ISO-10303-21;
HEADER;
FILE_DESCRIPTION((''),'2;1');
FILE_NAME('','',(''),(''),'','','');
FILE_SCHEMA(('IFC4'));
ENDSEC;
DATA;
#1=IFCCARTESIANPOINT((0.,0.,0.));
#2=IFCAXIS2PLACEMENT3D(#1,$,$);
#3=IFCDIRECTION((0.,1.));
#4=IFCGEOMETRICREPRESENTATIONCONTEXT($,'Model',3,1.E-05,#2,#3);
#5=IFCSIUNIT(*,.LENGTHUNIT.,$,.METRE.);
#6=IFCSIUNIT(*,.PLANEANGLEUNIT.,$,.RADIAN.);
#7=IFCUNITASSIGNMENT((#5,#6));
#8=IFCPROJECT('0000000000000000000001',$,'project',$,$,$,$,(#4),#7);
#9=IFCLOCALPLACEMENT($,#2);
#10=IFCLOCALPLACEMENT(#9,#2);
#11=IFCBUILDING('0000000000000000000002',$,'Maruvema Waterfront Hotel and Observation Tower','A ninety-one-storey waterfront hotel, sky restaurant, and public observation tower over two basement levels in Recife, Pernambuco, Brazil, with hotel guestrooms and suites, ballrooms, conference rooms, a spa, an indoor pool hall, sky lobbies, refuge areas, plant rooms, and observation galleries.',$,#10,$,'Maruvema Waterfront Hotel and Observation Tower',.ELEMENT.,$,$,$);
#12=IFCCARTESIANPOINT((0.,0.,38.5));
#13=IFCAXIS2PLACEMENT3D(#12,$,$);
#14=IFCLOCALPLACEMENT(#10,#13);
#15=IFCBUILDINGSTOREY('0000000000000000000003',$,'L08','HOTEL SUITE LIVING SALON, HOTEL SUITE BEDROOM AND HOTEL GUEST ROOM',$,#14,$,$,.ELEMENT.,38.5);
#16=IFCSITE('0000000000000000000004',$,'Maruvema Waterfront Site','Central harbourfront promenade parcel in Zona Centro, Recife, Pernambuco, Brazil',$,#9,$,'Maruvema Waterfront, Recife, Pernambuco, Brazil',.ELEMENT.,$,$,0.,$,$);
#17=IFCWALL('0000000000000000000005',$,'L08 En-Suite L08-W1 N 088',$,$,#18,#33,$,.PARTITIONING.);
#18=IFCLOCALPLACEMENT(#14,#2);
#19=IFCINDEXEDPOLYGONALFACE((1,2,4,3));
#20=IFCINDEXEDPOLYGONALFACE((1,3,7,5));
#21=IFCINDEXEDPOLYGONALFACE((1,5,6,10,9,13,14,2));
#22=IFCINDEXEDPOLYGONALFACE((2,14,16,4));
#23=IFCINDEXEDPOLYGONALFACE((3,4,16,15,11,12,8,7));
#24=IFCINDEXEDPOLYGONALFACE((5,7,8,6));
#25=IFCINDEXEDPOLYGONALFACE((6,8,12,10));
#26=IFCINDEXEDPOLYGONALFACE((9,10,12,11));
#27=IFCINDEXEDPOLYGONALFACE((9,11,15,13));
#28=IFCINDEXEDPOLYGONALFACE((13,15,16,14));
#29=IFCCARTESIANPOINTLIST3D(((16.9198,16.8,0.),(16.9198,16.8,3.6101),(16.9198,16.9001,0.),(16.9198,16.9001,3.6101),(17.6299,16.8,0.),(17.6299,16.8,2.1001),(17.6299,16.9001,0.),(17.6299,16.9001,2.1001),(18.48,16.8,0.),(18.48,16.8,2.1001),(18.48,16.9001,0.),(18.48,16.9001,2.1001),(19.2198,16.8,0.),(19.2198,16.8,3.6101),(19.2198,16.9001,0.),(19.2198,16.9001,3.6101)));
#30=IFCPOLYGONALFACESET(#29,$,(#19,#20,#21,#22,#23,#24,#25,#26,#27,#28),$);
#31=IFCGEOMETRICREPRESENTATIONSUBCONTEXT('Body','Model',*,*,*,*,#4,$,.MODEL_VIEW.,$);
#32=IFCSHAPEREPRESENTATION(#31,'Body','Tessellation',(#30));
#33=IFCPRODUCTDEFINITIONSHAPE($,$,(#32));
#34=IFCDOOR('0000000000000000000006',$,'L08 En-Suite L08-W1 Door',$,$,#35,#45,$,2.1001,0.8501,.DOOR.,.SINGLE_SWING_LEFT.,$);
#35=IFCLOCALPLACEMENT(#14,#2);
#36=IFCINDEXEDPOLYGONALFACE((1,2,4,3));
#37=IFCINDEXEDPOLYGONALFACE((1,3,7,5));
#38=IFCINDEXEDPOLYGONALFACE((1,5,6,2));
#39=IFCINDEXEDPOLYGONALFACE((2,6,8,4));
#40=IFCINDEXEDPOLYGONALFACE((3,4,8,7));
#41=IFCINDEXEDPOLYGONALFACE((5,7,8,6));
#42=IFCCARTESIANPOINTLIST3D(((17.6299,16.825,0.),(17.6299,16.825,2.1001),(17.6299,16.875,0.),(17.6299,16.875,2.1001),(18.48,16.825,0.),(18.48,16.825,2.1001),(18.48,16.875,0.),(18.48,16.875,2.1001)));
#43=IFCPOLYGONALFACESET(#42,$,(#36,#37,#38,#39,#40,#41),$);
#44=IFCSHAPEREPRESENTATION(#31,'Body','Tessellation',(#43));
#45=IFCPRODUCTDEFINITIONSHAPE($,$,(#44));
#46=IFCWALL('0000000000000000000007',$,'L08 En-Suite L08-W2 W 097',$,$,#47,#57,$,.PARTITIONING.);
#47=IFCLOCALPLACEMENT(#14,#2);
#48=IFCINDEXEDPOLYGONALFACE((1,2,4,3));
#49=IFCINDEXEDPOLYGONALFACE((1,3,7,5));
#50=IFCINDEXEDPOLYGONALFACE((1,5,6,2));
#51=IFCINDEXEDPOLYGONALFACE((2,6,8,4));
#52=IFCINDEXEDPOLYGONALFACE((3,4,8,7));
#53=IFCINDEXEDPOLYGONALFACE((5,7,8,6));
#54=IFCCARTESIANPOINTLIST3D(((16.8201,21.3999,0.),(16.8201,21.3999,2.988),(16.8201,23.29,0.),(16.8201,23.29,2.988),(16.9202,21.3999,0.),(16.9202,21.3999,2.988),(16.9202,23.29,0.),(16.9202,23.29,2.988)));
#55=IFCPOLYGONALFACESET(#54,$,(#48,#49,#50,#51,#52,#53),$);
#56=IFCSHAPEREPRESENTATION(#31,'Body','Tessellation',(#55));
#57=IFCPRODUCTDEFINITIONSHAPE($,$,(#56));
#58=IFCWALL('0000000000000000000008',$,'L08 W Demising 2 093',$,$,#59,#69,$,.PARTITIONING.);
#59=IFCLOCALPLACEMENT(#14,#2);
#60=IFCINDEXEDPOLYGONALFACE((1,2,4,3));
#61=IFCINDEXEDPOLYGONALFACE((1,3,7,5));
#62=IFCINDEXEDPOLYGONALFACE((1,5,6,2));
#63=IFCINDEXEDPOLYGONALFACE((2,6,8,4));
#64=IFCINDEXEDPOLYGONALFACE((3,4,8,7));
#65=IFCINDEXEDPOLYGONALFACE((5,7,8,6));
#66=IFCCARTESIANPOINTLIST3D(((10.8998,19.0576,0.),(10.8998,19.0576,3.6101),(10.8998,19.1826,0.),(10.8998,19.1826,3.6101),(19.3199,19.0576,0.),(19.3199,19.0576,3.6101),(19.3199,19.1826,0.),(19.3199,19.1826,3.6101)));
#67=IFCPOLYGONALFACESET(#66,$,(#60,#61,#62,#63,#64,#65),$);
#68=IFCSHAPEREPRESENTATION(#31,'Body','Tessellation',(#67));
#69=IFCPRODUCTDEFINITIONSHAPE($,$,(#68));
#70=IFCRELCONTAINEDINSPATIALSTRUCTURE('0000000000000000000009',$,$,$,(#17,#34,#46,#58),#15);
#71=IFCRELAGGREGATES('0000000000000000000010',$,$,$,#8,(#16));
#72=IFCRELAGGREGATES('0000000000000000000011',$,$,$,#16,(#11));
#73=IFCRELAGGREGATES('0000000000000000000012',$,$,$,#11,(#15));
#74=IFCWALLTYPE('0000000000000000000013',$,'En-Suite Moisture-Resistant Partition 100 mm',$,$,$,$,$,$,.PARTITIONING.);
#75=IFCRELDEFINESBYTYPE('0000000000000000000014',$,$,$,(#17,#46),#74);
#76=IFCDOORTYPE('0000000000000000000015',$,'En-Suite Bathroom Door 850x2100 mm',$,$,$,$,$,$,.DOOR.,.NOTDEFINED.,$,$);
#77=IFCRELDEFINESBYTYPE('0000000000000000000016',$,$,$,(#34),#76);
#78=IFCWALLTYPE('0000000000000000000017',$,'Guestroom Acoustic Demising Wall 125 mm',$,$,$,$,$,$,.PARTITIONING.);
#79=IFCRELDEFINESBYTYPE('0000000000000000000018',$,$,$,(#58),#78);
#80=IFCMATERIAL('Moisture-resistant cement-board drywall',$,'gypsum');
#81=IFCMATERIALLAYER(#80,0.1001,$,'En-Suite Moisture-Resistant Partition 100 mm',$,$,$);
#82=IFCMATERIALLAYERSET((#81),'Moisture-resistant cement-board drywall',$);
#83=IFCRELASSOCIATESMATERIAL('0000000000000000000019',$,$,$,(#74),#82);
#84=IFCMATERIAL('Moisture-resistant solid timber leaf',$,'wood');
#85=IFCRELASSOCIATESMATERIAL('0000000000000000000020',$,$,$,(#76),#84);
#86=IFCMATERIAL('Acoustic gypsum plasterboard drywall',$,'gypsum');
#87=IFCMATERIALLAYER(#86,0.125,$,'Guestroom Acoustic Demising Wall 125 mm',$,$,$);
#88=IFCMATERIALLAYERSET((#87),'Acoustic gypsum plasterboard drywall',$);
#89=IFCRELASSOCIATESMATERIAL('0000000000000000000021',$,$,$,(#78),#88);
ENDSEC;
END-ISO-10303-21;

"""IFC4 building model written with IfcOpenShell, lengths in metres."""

from ifc_helpers import new_model, si_unit, direction, frame, frame_2d, origin, place, context, subcontext, project, spatial, rectangle, extrude, material, layer, layer_set, type_object, element, fill, save


model = new_model("IFC4")

# Units and contexts
model_context = context("Model", 3, precision=1e-05, world=origin(), true_north=direction((0.0, 1.0)))
body_context = subcontext(model_context, "Body", "Model", "MODEL_VIEW")
ifc_project = project(units=[si_unit("LENGTHUNIT", "METRE"), si_unit("PLANEANGLEUNIT", "RADIAN")], contexts=[model_context])

# Site, building, storey
site_placement = place(None, origin())
site = spatial("IfcSite", under=ifc_project, at=site_placement, Name="Maruvema Waterfront Site", Description="Central harbourfront promenade parcel in Zona Centro, Recife, Pernambuco, Brazil", LongName="Maruvema Waterfront, Recife, Pernambuco, Brazil", CompositionType="ELEMENT", RefElevation=0.0)
building_placement = place(site_placement, origin())
building = spatial("IfcBuilding", under=site, at=building_placement, Name="Maruvema Waterfront Hotel and Observation Tower", Description="A ninety-one-storey waterfront hotel, sky restaurant, and public observation tower over two basement levels in Recife, Pernambuco, Brazil, with hotel guestrooms and suites, ballrooms, conference rooms, a spa, an indoor pool hall, sky lobbies, refuge areas, plant rooms, and observation galleries.", LongName="Maruvema Waterfront Hotel and Observation Tower", CompositionType="ELEMENT")
storey_placement = place(building_placement, frame((0.0, 0.0, 38.5)))
storey = spatial("IfcBuildingStorey", under=building, at=storey_placement, Name="L08", Description="HOTEL SUITE LIVING SALON, HOTEL SUITE BEDROOM AND HOTEL GUEST ROOM", CompositionType="ELEMENT", Elevation=38.5)

# Wall, opening, door
ifc_material_1 = material(Name="Moisture-resistant cement-board drywall", Category="gypsum")
ifc_layer_1 = layer(ifc_material_1, 0.1001, Name="En-Suite Moisture-Resistant Partition 100 mm")
ifc_layer_set_1 = layer_set([ifc_layer_1], Name="Moisture-resistant cement-board drywall")
wall_type_1 = type_object("IfcWallType", Name="En-Suite Moisture-Resistant Partition 100 mm", PredefinedType="PARTITIONING", material=ifc_layer_set_1)
wall_1_placement = place(storey_placement, frame((16.9199, 16.8501, 0.0), z_axis=(0.0, 0.0, 1.0), x_axis=(1.0, 0.0, 0.0)))
wall_1 = element("IfcWall", 1, at=wall_1_placement, inside=storey, type_object=wall_type_1, Name="L08 En-Suite L08-W1 N 088", PredefinedType="PARTITIONING", context=body_context, shape_type="SweptSolid", body=[
    extrude(rectangle(XDim=2.3, YDim=0.1001, at=frame_2d((1.1499, 0.0))), origin(), (0.0, 0.0, 1.0), 3.6101),
])
opening_1_placement = place(wall_1_placement, frame((0.71, 0.0, 0.0)))
opening_1 = element("IfcOpeningElement", 2, at=opening_1_placement, cuts=wall_1, PredefinedType="OPENING", context=body_context, shape_type="SweptSolid", body=[
    extrude(rectangle(XDim=0.8501, YDim=2.1001, at=frame_2d((0.425, 1.05))), frame((0.0, 0.0601, 0.0), z_axis=(0.0, -1.0, 0.0), x_axis=(1.0, 0.0, 0.0)), (0.0, 0.0, 1.0), 0.1201),
])
ifc_material_2 = material(Name="Moisture-resistant solid timber leaf", Category="wood")
door_type_1 = type_object("IfcDoorType", Name="En-Suite Bathroom Door 850x2100 mm", OperationType="NOTDEFINED", PredefinedType="DOOR", material=ifc_material_2)
door_1_placement = place(opening_1_placement, origin())
door_1 = element("IfcDoor", 3, at=door_1_placement, inside=storey, type_object=door_type_1, Name="L08 En-Suite L08-W1 Door", OperationType="SINGLE_SWING_LEFT", OverallHeight=2.1001, OverallWidth=0.8501, PredefinedType="DOOR", context=body_context, shape_type="SweptSolid", body=[
    extrude(rectangle(XDim=0.8501, YDim=2.1001, at=frame_2d((0.425, 1.05))), frame((0.0, 0.0249, 0.0), z_axis=(0.0, -1.0, 0.0), x_axis=(1.0, 0.0, 0.0)), (0.0, 0.0, 1.0), 0.05),
])
fill(opening_1, door_1)

# Walls
wall_2_placement = place(storey_placement, frame((16.8701, 21.3999, 0.0), z_axis=(0.0, 0.0, 1.0), x_axis=(0.0, 1.0, 0.0)))
element("IfcWall", 4, at=wall_2_placement, inside=storey, type_object=wall_type_1, Name="L08 En-Suite L08-W2 W 097", PredefinedType="PARTITIONING", context=body_context, shape_type="SweptSolid", body=[
    extrude(rectangle(XDim=1.8901, YDim=0.1001, at=frame_2d((0.9451, 0.0))), origin(), (0.0, 0.0, 1.0), 2.988),
])
ifc_material_3 = material(Name="Acoustic gypsum plasterboard drywall", Category="gypsum")
ifc_layer_2 = layer(ifc_material_3, 0.125, Name="Guestroom Acoustic Demising Wall 125 mm")
ifc_layer_set_2 = layer_set([ifc_layer_2], Name="Acoustic gypsum plasterboard drywall")
wall_type_2 = type_object("IfcWallType", Name="Guestroom Acoustic Demising Wall 125 mm", PredefinedType="PARTITIONING", material=ifc_layer_set_2)
wall_3_placement = place(storey_placement, frame((10.8999, 19.1201, 0.0), z_axis=(0.0, 0.0, 1.0), x_axis=(1.0, 0.0, 0.0)))
element("IfcWall", 5, at=wall_3_placement, inside=storey, type_object=wall_type_2, Name="L08 W Demising 2 093", PredefinedType="PARTITIONING", context=body_context, shape_type="SweptSolid", body=[
    extrude(rectangle(XDim=8.4202, YDim=0.125, at=frame_2d((4.21, 0.0))), origin(), (0.0, 0.0, 1.0), 3.6101),
])

save(model, "model.ifc")
